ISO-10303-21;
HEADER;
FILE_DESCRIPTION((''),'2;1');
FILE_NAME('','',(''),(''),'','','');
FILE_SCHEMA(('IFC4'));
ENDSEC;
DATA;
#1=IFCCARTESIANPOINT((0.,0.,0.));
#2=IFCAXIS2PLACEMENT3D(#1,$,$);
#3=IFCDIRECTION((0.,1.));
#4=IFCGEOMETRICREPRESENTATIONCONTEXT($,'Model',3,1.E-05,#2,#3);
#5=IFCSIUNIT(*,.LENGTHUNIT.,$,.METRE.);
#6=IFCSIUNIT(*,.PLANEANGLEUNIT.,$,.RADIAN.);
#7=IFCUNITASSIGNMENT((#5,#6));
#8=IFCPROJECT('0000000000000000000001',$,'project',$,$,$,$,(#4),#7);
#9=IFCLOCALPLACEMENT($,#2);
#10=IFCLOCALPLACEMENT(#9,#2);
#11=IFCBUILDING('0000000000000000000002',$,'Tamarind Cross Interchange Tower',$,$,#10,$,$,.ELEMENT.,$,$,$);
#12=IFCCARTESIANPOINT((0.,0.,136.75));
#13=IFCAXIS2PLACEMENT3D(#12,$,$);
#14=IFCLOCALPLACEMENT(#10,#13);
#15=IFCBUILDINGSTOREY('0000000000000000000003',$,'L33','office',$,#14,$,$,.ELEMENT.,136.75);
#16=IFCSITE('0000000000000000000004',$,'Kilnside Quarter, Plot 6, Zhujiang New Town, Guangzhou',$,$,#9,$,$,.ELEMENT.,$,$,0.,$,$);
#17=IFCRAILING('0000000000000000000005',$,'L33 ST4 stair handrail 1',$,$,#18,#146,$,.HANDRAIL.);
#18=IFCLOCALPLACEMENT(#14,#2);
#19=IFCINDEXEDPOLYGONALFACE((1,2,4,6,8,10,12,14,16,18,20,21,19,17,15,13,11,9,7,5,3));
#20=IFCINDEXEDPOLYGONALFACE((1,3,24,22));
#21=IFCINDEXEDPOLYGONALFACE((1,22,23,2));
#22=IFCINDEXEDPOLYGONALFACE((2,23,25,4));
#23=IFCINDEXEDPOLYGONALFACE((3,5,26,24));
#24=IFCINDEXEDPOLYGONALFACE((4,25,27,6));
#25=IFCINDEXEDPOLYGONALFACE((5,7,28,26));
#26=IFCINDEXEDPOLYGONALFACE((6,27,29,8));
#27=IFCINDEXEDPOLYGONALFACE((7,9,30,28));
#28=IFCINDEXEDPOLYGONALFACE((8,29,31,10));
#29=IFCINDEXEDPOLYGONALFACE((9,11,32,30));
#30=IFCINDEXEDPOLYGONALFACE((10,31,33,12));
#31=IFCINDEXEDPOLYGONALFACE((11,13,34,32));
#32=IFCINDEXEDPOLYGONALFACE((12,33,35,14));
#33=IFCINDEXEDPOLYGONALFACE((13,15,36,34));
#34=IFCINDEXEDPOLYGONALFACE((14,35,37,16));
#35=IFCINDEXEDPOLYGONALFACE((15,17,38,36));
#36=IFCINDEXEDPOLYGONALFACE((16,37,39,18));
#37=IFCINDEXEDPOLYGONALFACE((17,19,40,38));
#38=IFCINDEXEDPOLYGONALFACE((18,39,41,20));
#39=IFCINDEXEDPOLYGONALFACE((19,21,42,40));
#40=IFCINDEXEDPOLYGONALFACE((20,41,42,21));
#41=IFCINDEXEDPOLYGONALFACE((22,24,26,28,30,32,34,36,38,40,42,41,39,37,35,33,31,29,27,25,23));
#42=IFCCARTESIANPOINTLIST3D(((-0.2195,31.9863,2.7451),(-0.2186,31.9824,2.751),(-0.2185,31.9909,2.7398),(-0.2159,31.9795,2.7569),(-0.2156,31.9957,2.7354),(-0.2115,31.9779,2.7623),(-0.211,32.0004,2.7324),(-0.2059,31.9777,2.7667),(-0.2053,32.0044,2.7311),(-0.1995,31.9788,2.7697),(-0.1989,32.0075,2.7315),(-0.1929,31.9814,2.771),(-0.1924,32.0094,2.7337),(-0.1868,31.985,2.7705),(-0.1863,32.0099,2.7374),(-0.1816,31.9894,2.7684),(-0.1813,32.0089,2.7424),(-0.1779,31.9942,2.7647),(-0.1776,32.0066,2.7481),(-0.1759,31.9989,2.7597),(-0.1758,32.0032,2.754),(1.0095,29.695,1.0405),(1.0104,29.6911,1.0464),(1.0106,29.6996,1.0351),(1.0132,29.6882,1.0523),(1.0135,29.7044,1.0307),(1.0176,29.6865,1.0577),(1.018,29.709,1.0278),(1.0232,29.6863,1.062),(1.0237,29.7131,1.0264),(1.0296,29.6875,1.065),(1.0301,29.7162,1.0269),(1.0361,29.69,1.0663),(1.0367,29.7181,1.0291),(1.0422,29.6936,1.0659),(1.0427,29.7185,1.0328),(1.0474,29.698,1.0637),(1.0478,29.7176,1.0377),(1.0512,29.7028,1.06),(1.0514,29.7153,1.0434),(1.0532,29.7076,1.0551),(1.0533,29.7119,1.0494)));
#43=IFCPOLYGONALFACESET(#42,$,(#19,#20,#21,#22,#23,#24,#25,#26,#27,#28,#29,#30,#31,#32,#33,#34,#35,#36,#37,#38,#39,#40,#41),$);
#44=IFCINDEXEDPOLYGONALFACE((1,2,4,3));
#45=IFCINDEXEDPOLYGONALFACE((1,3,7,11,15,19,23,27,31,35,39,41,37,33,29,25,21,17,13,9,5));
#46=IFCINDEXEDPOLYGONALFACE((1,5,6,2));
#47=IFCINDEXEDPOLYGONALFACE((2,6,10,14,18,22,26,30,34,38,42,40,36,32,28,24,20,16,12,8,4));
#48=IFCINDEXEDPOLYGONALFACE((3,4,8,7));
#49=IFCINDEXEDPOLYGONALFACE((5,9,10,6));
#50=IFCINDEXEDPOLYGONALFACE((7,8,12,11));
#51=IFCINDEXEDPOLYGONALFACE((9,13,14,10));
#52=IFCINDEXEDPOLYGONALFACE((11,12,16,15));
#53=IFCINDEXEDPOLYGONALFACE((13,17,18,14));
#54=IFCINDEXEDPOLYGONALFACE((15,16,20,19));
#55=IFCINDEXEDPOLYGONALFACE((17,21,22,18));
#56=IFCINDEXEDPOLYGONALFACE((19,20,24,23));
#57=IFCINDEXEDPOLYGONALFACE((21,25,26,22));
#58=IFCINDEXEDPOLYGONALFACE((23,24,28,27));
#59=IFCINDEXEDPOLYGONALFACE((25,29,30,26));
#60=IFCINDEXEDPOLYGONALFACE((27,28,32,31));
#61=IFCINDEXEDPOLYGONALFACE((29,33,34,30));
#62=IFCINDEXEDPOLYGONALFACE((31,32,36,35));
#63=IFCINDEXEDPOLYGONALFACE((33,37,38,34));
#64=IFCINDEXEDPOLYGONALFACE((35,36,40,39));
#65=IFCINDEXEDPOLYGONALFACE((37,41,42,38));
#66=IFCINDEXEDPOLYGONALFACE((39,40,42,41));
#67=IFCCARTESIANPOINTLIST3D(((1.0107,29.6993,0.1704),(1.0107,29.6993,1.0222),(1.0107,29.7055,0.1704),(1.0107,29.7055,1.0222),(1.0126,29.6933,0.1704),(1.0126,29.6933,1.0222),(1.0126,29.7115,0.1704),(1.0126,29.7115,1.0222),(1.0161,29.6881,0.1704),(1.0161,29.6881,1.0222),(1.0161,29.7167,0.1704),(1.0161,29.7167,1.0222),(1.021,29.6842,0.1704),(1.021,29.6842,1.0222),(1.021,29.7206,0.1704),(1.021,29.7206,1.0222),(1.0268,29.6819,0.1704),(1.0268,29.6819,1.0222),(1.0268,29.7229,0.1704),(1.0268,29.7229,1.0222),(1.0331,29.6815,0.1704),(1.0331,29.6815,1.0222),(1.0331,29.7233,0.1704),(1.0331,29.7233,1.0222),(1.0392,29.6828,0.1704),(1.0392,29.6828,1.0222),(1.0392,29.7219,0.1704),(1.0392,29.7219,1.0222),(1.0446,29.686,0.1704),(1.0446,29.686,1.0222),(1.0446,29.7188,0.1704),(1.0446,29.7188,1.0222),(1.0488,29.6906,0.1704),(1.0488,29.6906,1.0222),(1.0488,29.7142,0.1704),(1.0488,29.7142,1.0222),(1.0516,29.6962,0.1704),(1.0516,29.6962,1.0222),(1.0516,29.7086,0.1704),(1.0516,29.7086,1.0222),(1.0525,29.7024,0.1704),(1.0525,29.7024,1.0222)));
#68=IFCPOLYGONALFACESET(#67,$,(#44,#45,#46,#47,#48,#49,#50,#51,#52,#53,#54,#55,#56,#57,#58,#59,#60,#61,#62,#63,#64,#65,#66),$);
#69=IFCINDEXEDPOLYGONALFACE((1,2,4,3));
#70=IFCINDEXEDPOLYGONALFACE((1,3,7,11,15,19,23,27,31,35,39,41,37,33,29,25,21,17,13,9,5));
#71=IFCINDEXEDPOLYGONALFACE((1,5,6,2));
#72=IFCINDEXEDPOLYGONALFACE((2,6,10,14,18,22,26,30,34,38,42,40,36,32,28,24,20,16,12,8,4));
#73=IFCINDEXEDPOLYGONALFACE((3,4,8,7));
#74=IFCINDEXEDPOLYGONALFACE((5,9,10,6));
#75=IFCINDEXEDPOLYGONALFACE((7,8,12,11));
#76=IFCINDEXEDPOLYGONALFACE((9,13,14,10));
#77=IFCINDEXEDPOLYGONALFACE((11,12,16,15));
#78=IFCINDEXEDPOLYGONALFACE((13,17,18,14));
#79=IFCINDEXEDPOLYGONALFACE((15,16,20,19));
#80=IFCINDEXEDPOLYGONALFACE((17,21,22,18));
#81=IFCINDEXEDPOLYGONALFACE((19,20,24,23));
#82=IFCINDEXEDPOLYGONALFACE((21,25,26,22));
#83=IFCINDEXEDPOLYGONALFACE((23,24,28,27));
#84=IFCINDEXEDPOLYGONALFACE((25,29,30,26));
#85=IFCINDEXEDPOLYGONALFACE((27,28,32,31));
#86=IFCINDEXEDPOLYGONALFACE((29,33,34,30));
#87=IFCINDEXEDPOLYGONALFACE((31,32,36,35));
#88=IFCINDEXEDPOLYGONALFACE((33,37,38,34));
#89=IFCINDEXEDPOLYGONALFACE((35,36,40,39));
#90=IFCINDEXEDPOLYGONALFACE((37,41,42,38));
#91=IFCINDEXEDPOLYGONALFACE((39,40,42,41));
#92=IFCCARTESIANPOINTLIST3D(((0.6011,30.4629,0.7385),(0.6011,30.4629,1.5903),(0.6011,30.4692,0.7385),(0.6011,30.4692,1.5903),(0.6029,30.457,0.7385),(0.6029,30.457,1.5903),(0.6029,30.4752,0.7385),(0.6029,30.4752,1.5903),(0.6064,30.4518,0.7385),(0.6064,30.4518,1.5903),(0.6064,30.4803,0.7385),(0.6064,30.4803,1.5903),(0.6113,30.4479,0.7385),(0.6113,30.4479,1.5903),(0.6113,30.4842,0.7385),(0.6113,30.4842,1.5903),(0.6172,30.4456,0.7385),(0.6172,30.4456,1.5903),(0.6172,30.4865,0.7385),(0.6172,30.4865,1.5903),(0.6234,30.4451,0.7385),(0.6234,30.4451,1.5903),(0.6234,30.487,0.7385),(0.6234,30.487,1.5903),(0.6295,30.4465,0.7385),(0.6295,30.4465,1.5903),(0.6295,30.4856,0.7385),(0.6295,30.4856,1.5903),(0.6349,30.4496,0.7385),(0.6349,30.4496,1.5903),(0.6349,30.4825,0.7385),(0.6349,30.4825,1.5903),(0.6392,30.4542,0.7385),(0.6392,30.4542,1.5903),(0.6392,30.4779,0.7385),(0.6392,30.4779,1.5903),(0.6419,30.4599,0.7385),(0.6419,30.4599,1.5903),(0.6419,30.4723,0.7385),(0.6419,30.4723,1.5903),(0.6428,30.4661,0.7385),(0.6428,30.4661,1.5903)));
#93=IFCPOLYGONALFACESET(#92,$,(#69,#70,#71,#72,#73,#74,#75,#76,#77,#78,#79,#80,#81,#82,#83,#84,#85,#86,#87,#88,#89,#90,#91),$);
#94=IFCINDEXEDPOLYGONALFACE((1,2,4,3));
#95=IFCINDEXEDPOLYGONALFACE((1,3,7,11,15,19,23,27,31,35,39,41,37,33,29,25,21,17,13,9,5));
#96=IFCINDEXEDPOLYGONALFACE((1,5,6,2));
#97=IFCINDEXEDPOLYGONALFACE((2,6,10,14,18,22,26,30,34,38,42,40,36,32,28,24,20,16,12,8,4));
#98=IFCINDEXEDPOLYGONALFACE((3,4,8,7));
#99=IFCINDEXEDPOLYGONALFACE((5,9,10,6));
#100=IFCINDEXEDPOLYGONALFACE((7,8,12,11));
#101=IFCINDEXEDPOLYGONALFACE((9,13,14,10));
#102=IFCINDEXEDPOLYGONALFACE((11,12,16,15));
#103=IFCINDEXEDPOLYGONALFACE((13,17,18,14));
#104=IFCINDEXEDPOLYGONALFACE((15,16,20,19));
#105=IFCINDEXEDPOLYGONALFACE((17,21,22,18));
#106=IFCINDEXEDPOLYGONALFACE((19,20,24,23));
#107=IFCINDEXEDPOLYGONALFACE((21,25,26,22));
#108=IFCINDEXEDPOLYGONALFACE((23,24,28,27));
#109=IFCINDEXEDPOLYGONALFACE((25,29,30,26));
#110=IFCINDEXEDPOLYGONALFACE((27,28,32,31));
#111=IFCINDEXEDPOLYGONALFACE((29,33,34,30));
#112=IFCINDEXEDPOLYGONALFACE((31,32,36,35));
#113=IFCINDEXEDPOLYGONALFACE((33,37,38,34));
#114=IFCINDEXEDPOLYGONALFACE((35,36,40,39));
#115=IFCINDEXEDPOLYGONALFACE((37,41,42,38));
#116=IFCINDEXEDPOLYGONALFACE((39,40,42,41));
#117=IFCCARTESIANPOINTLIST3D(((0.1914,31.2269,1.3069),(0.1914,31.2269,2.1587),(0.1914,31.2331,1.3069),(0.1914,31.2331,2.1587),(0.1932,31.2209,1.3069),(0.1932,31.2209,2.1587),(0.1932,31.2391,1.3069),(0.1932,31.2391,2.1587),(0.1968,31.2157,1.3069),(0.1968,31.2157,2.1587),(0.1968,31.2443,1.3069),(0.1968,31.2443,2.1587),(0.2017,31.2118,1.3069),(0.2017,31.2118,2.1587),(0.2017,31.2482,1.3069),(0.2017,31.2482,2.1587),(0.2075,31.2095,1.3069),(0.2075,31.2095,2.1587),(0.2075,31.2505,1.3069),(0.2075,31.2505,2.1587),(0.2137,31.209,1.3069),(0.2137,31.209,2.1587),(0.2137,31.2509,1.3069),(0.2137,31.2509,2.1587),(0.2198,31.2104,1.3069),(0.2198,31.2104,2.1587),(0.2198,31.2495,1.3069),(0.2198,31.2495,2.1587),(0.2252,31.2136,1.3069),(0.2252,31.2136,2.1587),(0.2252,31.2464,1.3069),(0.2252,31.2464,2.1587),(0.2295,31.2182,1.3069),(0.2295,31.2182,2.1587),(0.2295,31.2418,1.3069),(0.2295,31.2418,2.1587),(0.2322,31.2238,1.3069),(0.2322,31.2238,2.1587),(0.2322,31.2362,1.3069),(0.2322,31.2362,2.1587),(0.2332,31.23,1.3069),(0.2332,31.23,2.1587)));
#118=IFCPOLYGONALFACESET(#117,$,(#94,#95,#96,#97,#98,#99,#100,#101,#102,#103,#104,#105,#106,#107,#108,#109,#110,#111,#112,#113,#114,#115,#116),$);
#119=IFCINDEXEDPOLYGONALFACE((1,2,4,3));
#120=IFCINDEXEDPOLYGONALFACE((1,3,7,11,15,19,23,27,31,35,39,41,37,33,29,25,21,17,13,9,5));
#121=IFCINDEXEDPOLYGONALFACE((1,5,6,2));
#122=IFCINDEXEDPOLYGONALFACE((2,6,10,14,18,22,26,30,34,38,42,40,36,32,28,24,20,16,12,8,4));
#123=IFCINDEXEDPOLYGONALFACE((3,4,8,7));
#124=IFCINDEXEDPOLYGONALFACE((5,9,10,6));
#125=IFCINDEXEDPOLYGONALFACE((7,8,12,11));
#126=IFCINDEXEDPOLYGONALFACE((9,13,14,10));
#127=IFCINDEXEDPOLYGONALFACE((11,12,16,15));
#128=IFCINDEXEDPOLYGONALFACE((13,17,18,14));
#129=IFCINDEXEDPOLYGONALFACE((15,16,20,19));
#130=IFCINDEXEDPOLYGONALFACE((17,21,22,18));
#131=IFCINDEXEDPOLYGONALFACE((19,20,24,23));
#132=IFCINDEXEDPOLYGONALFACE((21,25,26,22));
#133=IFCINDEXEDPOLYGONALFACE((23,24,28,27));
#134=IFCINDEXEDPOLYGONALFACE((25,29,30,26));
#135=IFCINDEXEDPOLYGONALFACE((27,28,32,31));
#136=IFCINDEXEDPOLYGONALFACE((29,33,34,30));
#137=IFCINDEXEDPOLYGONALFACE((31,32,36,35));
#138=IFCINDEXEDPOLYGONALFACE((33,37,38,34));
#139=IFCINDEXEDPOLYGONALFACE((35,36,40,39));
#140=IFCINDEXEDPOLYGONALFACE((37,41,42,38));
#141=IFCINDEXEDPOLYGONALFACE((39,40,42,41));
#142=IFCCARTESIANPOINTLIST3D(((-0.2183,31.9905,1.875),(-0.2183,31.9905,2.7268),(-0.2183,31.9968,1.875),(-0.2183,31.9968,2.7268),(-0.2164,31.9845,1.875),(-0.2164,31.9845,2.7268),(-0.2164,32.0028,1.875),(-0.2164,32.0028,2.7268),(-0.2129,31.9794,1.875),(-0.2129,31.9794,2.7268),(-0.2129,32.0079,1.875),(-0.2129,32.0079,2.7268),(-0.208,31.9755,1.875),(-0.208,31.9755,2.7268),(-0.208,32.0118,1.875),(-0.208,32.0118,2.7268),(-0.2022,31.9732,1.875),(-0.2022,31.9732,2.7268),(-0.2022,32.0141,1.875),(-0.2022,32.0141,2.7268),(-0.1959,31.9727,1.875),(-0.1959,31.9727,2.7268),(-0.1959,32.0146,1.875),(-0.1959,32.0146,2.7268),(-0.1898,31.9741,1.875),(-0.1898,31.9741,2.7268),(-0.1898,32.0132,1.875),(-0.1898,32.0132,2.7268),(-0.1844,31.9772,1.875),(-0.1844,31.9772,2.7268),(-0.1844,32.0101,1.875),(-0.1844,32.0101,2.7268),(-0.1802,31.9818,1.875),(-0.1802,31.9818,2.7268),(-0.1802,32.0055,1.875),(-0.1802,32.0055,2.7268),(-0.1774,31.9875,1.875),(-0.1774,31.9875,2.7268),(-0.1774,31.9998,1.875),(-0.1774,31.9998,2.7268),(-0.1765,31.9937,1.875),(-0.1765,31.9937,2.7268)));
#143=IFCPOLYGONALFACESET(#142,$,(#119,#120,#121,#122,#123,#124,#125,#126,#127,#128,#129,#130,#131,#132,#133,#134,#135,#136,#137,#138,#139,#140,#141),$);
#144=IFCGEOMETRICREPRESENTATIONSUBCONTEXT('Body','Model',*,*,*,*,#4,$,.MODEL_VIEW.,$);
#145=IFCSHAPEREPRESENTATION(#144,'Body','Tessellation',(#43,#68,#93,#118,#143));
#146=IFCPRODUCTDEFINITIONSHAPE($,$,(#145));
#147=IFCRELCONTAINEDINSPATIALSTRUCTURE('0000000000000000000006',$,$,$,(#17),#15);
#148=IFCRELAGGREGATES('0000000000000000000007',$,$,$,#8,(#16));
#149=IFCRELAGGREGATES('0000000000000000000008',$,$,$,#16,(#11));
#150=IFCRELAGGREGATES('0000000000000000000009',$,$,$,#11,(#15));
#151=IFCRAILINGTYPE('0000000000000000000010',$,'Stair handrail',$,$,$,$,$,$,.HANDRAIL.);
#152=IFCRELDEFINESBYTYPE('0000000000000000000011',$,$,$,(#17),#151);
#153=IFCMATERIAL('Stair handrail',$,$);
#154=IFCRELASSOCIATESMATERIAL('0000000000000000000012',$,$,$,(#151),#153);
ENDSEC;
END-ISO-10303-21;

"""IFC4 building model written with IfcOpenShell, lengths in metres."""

from ifc_helpers import new_model, si_unit, direction, frame, origin, origin_2d, place, context, subcontext, project, spatial, circle, extrude, material, type_object, element, save


model = new_model("IFC4")

# Units and contexts
model_context = context("Model", 3, precision=1e-05, world=origin(), true_north=direction((0.0, 1.0)))
body_context = subcontext(model_context, "Body", "Model", "MODEL_VIEW")
ifc_project = project(units=[si_unit("LENGTHUNIT", "METRE"), si_unit("PLANEANGLEUNIT", "RADIAN")], contexts=[model_context])

# Site, building, storey
site_placement = place(None, origin())
site = spatial("IfcSite", under=ifc_project, at=site_placement, Name="Kilnside Quarter, Plot 6, Zhujiang New Town, Guangzhou", CompositionType="ELEMENT", RefElevation=0.0)
building_placement = place(site_placement, origin())
building = spatial("IfcBuilding", under=site, at=building_placement, Name="Tamarind Cross Interchange Tower", CompositionType="ELEMENT")
storey_placement = place(building_placement, frame((0.0, 0.0, 136.75)))
storey = spatial("IfcBuildingStorey", under=building, at=storey_placement, Name="L33", Description="office", CompositionType="ELEMENT", Elevation=136.75)

# Railing
ifc_material_1 = material(Name="Stair handrail")
railing_type = type_object("IfcRailingType", Name="Stair handrail", PredefinedType="HANDRAIL", material=ifc_material_1)
railing_placement = place(storey_placement, frame((1.0315, 29.7024, 0.1704)))
element("IfcRailing", 1, at=railing_placement, inside=storey, type_object=railing_type, Name="L33 ST4 stair handrail 1", PredefinedType="HANDRAIL", context=body_context, shape_type="SweptSolid", body=[
    extrude(circle(Radius=0.0239, at=origin_2d()), frame((0.0, 0.0, 0.876), z_axis=(-0.395304, 0.736974, 0.548274), x_axis=(-0.881233, -0.472683, 0.0)), (0.0, 0.0, 1.0), 3.1091),
    extrude(circle(Radius=0.021, at=origin_2d()), origin(), (0.0, 0.0, 1.0), 0.8518),
    extrude(circle(Radius=0.021, at=origin_2d()), frame((-0.4097, 0.7637, 0.5681)), (0.0, 0.0, 1.0), 0.8518),
    extrude(circle(Radius=0.021, at=origin_2d()), frame((-0.8193, 1.5276, 1.1365)), (0.0, 0.0, 1.0), 0.8518),
    extrude(circle(Radius=0.021, at=origin_2d()), frame((-1.229, 2.2913, 1.7046)), (0.0, 0.0, 1.0), 0.8518),
])

save(model, "model.ifc")
